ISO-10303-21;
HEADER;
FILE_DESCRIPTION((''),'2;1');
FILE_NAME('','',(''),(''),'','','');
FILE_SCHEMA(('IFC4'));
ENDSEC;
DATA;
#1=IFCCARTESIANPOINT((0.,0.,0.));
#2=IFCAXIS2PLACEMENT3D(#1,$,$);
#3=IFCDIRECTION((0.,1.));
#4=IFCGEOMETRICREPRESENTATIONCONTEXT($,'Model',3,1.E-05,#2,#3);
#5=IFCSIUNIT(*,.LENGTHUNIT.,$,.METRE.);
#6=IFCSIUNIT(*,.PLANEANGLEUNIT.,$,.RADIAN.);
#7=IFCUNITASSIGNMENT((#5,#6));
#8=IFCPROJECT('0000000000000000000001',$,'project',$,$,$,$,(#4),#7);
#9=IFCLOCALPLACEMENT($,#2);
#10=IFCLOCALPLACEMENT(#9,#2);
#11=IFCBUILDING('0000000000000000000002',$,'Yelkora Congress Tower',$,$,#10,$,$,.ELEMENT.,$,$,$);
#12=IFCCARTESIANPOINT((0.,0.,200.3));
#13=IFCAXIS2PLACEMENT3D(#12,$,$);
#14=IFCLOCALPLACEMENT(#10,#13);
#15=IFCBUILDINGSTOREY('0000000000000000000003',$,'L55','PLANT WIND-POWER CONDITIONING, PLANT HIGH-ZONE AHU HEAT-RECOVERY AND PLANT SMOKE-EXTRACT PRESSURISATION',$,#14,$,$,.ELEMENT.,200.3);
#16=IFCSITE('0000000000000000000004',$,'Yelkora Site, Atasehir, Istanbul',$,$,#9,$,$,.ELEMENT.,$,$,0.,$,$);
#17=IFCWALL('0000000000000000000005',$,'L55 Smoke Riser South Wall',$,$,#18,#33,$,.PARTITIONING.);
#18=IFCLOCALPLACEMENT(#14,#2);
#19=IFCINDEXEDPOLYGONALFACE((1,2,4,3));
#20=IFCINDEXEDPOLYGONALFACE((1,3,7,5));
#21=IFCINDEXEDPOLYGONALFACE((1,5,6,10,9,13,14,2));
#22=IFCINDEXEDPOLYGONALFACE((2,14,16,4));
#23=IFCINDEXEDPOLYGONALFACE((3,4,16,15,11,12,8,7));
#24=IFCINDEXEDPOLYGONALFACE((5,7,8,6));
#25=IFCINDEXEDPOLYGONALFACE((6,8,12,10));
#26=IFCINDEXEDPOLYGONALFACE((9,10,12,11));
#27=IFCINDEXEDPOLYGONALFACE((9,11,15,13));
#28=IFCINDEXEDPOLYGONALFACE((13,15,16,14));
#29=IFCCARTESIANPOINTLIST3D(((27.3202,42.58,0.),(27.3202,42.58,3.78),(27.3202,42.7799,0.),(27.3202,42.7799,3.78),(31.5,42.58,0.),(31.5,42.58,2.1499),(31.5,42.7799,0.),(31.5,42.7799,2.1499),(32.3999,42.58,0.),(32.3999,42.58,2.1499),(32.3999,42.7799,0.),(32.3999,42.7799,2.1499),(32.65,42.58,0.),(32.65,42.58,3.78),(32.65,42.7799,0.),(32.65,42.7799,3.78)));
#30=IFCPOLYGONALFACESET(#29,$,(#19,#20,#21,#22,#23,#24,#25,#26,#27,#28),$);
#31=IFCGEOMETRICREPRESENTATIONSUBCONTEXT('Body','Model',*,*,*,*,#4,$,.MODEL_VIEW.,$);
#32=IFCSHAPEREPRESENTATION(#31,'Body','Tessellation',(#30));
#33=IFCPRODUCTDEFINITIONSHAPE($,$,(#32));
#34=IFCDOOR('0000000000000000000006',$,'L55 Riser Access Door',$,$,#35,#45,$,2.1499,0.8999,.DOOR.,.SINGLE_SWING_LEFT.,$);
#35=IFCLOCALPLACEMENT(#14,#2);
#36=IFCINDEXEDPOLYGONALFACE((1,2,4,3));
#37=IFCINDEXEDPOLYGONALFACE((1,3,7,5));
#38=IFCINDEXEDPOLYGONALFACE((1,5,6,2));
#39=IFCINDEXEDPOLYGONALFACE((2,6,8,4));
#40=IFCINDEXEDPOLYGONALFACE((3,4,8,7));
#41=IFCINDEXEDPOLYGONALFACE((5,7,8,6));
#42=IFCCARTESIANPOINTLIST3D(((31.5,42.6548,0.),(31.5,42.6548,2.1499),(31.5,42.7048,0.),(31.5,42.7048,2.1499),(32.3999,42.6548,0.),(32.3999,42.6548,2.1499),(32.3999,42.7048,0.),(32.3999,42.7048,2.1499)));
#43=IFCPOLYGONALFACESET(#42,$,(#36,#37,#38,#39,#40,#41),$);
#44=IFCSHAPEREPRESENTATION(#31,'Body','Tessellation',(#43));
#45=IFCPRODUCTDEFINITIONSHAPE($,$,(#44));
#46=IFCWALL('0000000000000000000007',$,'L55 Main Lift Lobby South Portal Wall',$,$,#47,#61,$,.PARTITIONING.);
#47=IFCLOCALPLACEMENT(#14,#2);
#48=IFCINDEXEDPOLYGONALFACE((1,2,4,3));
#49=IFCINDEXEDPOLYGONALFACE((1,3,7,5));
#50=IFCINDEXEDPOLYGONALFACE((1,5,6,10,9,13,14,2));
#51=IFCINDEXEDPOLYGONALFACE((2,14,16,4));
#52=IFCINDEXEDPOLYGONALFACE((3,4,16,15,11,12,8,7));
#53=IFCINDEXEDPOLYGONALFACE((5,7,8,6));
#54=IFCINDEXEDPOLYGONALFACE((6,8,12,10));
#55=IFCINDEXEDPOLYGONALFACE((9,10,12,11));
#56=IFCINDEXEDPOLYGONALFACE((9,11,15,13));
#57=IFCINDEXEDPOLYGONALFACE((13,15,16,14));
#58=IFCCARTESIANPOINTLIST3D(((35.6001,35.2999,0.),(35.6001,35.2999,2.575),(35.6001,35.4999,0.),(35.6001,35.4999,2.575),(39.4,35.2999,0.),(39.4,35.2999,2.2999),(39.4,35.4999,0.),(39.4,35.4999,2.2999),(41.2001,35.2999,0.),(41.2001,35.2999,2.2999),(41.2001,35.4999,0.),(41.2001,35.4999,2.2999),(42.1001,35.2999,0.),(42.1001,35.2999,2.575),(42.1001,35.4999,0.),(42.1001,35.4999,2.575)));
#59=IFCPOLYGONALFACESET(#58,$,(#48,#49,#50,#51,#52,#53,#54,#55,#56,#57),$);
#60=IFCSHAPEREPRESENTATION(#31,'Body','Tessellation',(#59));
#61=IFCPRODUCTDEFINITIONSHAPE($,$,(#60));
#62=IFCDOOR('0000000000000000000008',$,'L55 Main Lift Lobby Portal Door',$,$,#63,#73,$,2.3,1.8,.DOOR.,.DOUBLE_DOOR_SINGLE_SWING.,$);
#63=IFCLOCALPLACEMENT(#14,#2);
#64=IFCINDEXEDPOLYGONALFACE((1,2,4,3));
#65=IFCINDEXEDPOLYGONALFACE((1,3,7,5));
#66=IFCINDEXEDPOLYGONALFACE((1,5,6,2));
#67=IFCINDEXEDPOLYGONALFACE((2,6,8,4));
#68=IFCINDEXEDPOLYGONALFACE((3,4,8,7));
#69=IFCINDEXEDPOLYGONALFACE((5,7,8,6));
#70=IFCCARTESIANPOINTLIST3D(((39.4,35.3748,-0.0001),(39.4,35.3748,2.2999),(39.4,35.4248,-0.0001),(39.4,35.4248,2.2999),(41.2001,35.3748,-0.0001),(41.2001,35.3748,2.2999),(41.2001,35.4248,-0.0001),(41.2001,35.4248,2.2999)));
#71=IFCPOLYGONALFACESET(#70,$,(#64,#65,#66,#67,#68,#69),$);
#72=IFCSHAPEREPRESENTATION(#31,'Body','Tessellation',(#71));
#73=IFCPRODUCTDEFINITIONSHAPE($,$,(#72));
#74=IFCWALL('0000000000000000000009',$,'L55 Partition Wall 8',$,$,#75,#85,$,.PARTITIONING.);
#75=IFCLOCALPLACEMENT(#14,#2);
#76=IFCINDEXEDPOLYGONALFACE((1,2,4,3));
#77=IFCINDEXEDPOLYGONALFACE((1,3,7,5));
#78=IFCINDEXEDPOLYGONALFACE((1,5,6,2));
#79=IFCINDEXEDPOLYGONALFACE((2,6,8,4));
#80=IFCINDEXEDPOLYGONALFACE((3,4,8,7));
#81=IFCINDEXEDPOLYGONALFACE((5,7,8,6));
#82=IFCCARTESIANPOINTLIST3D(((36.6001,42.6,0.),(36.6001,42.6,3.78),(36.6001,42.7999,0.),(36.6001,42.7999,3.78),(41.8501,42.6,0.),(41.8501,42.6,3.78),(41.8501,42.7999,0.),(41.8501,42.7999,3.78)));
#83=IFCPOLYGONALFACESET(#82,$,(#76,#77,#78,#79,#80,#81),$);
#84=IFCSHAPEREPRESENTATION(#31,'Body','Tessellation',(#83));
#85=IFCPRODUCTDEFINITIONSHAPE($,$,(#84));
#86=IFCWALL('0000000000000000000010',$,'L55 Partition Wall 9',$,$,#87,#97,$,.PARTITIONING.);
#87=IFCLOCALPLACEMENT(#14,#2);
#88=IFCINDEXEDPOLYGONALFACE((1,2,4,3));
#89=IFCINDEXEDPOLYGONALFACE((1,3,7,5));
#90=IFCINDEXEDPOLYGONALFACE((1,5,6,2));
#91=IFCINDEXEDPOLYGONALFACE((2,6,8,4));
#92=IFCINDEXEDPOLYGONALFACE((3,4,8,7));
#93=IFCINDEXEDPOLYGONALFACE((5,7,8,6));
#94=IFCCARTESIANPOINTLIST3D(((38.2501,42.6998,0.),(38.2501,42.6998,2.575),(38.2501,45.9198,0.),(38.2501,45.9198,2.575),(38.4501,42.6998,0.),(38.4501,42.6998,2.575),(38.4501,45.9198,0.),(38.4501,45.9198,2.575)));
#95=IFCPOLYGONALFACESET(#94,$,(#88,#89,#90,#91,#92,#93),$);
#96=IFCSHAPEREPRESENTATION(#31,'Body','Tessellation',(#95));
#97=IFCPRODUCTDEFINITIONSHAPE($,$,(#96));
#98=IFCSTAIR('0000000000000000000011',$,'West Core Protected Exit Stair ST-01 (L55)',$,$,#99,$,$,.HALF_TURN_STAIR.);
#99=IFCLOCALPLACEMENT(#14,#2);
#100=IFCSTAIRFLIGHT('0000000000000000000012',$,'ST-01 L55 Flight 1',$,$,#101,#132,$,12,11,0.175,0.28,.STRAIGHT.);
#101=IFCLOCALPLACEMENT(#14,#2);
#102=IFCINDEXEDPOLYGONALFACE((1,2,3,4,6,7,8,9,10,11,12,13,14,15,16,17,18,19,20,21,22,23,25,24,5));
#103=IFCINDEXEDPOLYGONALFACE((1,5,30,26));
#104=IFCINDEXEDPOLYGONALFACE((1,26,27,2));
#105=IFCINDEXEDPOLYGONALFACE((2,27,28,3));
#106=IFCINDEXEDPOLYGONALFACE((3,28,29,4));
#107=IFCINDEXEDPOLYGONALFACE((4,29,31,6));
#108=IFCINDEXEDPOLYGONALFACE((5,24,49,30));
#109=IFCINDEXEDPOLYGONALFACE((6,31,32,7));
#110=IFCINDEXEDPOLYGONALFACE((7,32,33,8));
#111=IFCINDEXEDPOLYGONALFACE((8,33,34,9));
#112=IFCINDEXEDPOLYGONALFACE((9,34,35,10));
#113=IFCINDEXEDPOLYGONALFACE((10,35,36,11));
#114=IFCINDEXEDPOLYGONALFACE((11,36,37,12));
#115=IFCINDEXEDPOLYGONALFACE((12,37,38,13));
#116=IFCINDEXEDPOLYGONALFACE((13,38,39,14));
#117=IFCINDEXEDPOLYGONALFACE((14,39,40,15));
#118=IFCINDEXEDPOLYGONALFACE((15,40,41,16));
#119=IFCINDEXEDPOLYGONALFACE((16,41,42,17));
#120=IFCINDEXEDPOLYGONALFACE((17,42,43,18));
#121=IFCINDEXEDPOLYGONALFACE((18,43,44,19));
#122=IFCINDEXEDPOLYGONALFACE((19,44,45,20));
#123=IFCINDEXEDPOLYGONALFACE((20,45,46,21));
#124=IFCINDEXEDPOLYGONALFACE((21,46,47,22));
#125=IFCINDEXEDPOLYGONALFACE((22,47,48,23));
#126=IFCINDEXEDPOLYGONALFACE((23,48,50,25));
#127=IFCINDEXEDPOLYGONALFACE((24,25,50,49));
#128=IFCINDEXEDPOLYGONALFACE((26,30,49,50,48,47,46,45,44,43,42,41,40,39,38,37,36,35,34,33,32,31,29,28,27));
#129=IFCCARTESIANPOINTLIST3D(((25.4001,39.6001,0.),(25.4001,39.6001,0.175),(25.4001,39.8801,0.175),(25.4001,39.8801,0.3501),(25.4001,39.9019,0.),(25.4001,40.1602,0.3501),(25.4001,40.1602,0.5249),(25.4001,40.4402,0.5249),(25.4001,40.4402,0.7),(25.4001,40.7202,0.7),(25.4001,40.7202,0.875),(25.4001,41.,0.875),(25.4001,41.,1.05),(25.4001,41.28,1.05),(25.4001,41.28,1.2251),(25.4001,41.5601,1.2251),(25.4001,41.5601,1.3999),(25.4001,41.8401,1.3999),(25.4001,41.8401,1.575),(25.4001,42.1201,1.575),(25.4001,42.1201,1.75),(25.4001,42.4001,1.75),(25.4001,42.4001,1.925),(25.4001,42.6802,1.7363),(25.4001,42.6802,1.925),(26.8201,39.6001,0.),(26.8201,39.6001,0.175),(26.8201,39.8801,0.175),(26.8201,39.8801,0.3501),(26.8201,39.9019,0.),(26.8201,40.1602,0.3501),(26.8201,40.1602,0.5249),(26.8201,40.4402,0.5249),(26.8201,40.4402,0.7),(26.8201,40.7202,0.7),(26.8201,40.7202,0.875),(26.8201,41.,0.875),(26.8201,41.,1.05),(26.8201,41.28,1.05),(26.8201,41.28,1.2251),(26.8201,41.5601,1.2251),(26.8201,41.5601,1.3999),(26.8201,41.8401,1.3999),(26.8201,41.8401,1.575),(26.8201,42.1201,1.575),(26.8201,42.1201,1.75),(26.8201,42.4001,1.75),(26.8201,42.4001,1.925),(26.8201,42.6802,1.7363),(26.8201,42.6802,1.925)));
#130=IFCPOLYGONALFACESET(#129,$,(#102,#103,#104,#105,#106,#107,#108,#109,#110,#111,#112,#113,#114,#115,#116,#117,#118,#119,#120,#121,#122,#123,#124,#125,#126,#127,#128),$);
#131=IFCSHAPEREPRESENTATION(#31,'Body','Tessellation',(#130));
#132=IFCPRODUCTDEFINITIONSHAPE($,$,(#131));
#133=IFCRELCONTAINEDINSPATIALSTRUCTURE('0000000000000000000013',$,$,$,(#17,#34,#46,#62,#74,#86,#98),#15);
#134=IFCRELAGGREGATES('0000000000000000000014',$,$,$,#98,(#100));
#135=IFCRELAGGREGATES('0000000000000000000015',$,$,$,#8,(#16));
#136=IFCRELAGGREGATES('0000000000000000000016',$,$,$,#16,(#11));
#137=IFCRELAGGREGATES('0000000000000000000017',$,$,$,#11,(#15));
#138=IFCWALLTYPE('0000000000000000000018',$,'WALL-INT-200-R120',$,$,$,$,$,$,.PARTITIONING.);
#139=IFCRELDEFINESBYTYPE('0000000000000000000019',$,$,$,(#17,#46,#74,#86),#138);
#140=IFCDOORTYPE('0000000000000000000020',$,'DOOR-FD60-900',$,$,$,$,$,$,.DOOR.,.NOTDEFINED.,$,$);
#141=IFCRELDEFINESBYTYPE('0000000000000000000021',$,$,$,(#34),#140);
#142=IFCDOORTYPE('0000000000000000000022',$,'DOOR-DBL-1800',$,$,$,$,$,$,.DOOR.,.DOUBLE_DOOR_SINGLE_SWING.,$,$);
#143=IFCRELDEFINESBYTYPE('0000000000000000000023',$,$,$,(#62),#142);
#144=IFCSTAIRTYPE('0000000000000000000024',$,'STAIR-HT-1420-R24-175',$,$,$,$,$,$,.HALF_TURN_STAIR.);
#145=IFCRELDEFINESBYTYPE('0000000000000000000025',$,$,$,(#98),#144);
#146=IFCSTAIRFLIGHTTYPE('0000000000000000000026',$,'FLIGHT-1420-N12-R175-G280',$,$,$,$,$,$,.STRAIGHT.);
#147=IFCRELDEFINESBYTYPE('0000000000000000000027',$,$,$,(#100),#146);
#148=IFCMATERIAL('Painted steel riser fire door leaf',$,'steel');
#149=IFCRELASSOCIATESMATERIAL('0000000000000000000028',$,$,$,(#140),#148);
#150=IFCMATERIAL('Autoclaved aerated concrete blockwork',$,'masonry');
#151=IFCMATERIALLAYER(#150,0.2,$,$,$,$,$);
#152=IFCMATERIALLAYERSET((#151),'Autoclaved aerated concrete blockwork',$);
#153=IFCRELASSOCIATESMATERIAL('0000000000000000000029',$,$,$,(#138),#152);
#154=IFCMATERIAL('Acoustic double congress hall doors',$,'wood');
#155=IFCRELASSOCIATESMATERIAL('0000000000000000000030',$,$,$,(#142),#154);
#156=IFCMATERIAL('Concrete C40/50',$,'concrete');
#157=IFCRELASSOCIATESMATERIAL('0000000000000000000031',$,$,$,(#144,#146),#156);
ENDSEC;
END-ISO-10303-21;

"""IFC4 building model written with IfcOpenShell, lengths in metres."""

from ifc_helpers import new_model, si_unit, direction, frame, frame_2d, origin, place, context, subcontext, project, spatial, polyline, rectangle, outline, extrude, material, layer, layer_set, type_object, element, fill, aggregate, save


model = new_model("IFC4")

# Units and contexts
model_context = context("Model", 3, precision=1e-05, world=origin(), true_north=direction((0.0, 1.0)))
body_context = subcontext(model_context, "Body", "Model", "MODEL_VIEW")
ifc_project = project(units=[si_unit("LENGTHUNIT", "METRE"), si_unit("PLANEANGLEUNIT", "RADIAN")], contexts=[model_context])

# Site, building, storey
site_placement = place(None, origin())
site = spatial("IfcSite", under=ifc_project, at=site_placement, Name="Yelkora Site, Atasehir, Istanbul", CompositionType="ELEMENT", RefElevation=0.0)
building_placement = place(site_placement, origin())
building = spatial("IfcBuilding", under=site, at=building_placement, Name="Yelkora Congress Tower", CompositionType="ELEMENT")
storey_placement = place(building_placement, frame((0.0, 0.0, 200.3)))
storey = spatial("IfcBuildingStorey", under=building, at=storey_placement, Name="L55", Description="PLANT WIND-POWER CONDITIONING, PLANT HIGH-ZONE AHU HEAT-RECOVERY AND PLANT SMOKE-EXTRACT PRESSURISATION", CompositionType="ELEMENT", Elevation=200.3)

# Shared definitions
ifc_material_1 = material(Name="Painted steel riser fire door leaf", Category="steel")
door_type_1 = type_object("IfcDoorType", Name="DOOR-FD60-900", OperationType="NOTDEFINED", PredefinedType="DOOR", material=ifc_material_1)
ifc_material_2 = material(Name="Autoclaved aerated concrete blockwork", Category="masonry")
ifc_layer_1 = layer(ifc_material_2, 0.2)
ifc_layer_set_1 = layer_set([ifc_layer_1], Name="Autoclaved aerated concrete blockwork")
wall_type_1 = type_object("IfcWallType", Name="WALL-INT-200-R120", PredefinedType="PARTITIONING", material=ifc_layer_set_1)

# Walls, openings, doors
wall_1_placement = place(storey_placement, frame((27.3201, 42.6799, 0.0), z_axis=(0.0, 0.0, 1.0), x_axis=(1.0, 0.0, 0.0)))
wall_1 = element("IfcWall", 1, at=wall_1_placement, inside=storey, type_object=wall_type_1, Name="L55 Smoke Riser South Wall", PredefinedType="PARTITIONING", context=body_context, shape_type="SweptSolid", body=[
    extrude(rectangle(XDim=5.3298, YDim=0.2, at=frame_2d((2.665, 0.0))), origin(), (0.0, 0.0, 1.0), 3.78),
])
opening_1_placement = place(wall_1_placement, frame((4.1799, 0.0, 0.0)))
opening_1 = element("IfcOpeningElement", 2, at=opening_1_placement, cuts=wall_1, PredefinedType="OPENING", context=body_context, shape_type="SweptSolid", body=[
    extrude(rectangle(XDim=0.8999, YDim=2.1499, at=frame_2d((0.45, 1.075))), frame((0.0, 0.1099, 0.0), z_axis=(0.0, -1.0, 0.0), x_axis=(1.0, 0.0, 0.0)), (0.0, 0.0, 1.0), 0.22),
])
door_1_placement = place(opening_1_placement, origin())
door_1 = element("IfcDoor", 3, at=door_1_placement, inside=storey, type_object=door_type_1, Name="L55 Riser Access Door", OperationType="SINGLE_SWING_LEFT", OverallHeight=2.1499, OverallWidth=0.8999, PredefinedType="DOOR", context=body_context, shape_type="SweptSolid", body=[
    extrude(rectangle(XDim=0.8999, YDim=2.1499, at=frame_2d((0.45, 1.075))), frame((0.0, 0.0249, 0.0), z_axis=(0.0, -1.0, 0.0), x_axis=(1.0, 0.0, 0.0)), (0.0, 0.0, 1.0), 0.05),
])
fill(opening_1, door_1)
wall_2_placement = place(storey_placement, frame((35.6001, 35.3999, 0.0), z_axis=(0.0, 0.0, 1.0), x_axis=(1.0, 0.0, 0.0)))
wall_2 = element("IfcWall", 4, at=wall_2_placement, inside=storey, type_object=wall_type_1, Name="L55 Main Lift Lobby South Portal Wall", PredefinedType="PARTITIONING", context=body_context, shape_type="SweptSolid", body=[
    extrude(rectangle(XDim=6.5, YDim=0.2, at=frame_2d((3.25, 0.0))), origin(), (0.0, 0.0, 1.0), 2.575),
])
opening_2_placement = place(wall_2_placement, frame((3.8, 0.0, 0.0)))
opening_2 = element("IfcOpeningElement", 5, at=opening_2_placement, cuts=wall_2, PredefinedType="OPENING", context=body_context, shape_type="SweptSolid", body=[
    extrude(rectangle(XDim=1.8, YDim=2.3, at=frame_2d((0.8999, 1.1499))), frame((0.0, 0.1099, 0.0), z_axis=(0.0, -1.0, 0.0), x_axis=(1.0, 0.0, 0.0)), (0.0, 0.0, 1.0), 0.22),
])
ifc_material_3 = material(Name="Acoustic double congress hall doors", Category="wood")
door_type_2 = type_object("IfcDoorType", Name="DOOR-DBL-1800", OperationType="DOUBLE_DOOR_SINGLE_SWING", PredefinedType="DOOR", material=ifc_material_3)
door_2_placement = place(opening_2_placement, origin())
door_2 = element("IfcDoor", 6, at=door_2_placement, inside=storey, type_object=door_type_2, Name="L55 Main Lift Lobby Portal Door", OperationType="DOUBLE_DOOR_SINGLE_SWING", OverallHeight=2.3, OverallWidth=1.8, PredefinedType="DOOR", context=body_context, shape_type="SweptSolid", body=[
    extrude(rectangle(XDim=1.8, YDim=2.3, at=frame_2d((0.8999, 1.1499))), frame((0.0, 0.0249, 0.0), z_axis=(0.0, -1.0, 0.0), x_axis=(1.0, 0.0, 0.0)), (0.0, 0.0, 1.0), 0.05),
])
fill(opening_2, door_2)

# Walls
wall_3_placement = place(storey_placement, frame((36.6001, 42.7, 0.0), z_axis=(0.0, 0.0, 1.0), x_axis=(1.0, 0.0, 0.0)))
element("IfcWall", 7, at=wall_3_placement, inside=storey, type_object=wall_type_1, Name="L55 Partition Wall 8", PredefinedType="PARTITIONING", context=body_context, shape_type="SweptSolid", body=[
    extrude(rectangle(XDim=5.25, YDim=0.2, at=frame_2d((2.625, 0.0))), origin(), (0.0, 0.0, 1.0), 3.78),
])
wall_4_placement = place(storey_placement, frame((38.3501, 42.7, 0.0), z_axis=(0.0, 0.0, 1.0), x_axis=(0.0, 1.0, 0.0)))
element("IfcWall", 8, at=wall_4_placement, inside=storey, type_object=wall_type_1, Name="L55 Partition Wall 9", PredefinedType="PARTITIONING", context=body_context, shape_type="SweptSolid", body=[
    extrude(rectangle(XDim=3.22, YDim=0.2, at=frame_2d((1.6099, 0.0))), origin(), (0.0, 0.0, 1.0), 2.575),
])

# Stair, stair flight
ifc_material_4 = material(Name="Concrete C40/50", Category="concrete")
stair_type = type_object("IfcStairType", Name="STAIR-HT-1420-R24-175", PredefinedType="HALF_TURN_STAIR", material=ifc_material_4)
stair_placement = place(storey_placement, origin())
stair = element("IfcStair", 9, at=stair_placement, inside=storey, type_object=stair_type, Name="West Core Protected Exit Stair ST-01 (L55)", PredefinedType="HALF_TURN_STAIR")
stair_flight_type = type_object("IfcStairFlightType", Name="FLIGHT-1420-N12-R175-G280", PredefinedType="STRAIGHT", material=ifc_material_4)
stair_flight_placement = place(storey_placement, frame((26.1101, 39.6001, 0.0), z_axis=(0.0, 0.0, 1.0), x_axis=(0.0, 1.0, 0.0)))
stair_flight = element("IfcStairFlight", 10, at=stair_flight_placement, type_object=stair_flight_type, Name="ST-01 L55 Flight 1", NumberOfRisers=12, NumberOfTreads=11, PredefinedType="STRAIGHT", RiserHeight=0.175, TreadLength=0.28, context=body_context, shape_type="SweptSolid", body=[
    extrude(outline(polyline([(0.0, 0.0), (0.0, 0.175), (0.28, 0.175), (0.28, 0.3501), (0.5601, 0.3501), (0.5601, 0.5249), (0.8401, 0.5249), (0.8401, 0.7), (1.1201, 0.7), (1.1201, 0.875), (1.3999, 0.875), (1.3999, 1.05), (1.6799, 1.05), (1.6799, 1.2251), (1.96, 1.2251), (1.96, 1.3999), (2.24, 1.3999), (2.24, 1.575), (2.52, 1.575), (2.52, 1.75), (2.8, 1.75), (2.8, 1.925), (3.0801, 1.925), (3.0801, 2.1001), (3.0801, 1.7363), (0.3018, 0.0), (0.0, 0.0)])), frame((0.0, 0.71, 0.0), z_axis=(0.0, -1.0, 0.0), x_axis=(1.0, 0.0, 0.0)), (0.0, 0.0, 1.0), 1.4199),
])
aggregate(stair, [stair_flight])

save(model, "model.ifc")
